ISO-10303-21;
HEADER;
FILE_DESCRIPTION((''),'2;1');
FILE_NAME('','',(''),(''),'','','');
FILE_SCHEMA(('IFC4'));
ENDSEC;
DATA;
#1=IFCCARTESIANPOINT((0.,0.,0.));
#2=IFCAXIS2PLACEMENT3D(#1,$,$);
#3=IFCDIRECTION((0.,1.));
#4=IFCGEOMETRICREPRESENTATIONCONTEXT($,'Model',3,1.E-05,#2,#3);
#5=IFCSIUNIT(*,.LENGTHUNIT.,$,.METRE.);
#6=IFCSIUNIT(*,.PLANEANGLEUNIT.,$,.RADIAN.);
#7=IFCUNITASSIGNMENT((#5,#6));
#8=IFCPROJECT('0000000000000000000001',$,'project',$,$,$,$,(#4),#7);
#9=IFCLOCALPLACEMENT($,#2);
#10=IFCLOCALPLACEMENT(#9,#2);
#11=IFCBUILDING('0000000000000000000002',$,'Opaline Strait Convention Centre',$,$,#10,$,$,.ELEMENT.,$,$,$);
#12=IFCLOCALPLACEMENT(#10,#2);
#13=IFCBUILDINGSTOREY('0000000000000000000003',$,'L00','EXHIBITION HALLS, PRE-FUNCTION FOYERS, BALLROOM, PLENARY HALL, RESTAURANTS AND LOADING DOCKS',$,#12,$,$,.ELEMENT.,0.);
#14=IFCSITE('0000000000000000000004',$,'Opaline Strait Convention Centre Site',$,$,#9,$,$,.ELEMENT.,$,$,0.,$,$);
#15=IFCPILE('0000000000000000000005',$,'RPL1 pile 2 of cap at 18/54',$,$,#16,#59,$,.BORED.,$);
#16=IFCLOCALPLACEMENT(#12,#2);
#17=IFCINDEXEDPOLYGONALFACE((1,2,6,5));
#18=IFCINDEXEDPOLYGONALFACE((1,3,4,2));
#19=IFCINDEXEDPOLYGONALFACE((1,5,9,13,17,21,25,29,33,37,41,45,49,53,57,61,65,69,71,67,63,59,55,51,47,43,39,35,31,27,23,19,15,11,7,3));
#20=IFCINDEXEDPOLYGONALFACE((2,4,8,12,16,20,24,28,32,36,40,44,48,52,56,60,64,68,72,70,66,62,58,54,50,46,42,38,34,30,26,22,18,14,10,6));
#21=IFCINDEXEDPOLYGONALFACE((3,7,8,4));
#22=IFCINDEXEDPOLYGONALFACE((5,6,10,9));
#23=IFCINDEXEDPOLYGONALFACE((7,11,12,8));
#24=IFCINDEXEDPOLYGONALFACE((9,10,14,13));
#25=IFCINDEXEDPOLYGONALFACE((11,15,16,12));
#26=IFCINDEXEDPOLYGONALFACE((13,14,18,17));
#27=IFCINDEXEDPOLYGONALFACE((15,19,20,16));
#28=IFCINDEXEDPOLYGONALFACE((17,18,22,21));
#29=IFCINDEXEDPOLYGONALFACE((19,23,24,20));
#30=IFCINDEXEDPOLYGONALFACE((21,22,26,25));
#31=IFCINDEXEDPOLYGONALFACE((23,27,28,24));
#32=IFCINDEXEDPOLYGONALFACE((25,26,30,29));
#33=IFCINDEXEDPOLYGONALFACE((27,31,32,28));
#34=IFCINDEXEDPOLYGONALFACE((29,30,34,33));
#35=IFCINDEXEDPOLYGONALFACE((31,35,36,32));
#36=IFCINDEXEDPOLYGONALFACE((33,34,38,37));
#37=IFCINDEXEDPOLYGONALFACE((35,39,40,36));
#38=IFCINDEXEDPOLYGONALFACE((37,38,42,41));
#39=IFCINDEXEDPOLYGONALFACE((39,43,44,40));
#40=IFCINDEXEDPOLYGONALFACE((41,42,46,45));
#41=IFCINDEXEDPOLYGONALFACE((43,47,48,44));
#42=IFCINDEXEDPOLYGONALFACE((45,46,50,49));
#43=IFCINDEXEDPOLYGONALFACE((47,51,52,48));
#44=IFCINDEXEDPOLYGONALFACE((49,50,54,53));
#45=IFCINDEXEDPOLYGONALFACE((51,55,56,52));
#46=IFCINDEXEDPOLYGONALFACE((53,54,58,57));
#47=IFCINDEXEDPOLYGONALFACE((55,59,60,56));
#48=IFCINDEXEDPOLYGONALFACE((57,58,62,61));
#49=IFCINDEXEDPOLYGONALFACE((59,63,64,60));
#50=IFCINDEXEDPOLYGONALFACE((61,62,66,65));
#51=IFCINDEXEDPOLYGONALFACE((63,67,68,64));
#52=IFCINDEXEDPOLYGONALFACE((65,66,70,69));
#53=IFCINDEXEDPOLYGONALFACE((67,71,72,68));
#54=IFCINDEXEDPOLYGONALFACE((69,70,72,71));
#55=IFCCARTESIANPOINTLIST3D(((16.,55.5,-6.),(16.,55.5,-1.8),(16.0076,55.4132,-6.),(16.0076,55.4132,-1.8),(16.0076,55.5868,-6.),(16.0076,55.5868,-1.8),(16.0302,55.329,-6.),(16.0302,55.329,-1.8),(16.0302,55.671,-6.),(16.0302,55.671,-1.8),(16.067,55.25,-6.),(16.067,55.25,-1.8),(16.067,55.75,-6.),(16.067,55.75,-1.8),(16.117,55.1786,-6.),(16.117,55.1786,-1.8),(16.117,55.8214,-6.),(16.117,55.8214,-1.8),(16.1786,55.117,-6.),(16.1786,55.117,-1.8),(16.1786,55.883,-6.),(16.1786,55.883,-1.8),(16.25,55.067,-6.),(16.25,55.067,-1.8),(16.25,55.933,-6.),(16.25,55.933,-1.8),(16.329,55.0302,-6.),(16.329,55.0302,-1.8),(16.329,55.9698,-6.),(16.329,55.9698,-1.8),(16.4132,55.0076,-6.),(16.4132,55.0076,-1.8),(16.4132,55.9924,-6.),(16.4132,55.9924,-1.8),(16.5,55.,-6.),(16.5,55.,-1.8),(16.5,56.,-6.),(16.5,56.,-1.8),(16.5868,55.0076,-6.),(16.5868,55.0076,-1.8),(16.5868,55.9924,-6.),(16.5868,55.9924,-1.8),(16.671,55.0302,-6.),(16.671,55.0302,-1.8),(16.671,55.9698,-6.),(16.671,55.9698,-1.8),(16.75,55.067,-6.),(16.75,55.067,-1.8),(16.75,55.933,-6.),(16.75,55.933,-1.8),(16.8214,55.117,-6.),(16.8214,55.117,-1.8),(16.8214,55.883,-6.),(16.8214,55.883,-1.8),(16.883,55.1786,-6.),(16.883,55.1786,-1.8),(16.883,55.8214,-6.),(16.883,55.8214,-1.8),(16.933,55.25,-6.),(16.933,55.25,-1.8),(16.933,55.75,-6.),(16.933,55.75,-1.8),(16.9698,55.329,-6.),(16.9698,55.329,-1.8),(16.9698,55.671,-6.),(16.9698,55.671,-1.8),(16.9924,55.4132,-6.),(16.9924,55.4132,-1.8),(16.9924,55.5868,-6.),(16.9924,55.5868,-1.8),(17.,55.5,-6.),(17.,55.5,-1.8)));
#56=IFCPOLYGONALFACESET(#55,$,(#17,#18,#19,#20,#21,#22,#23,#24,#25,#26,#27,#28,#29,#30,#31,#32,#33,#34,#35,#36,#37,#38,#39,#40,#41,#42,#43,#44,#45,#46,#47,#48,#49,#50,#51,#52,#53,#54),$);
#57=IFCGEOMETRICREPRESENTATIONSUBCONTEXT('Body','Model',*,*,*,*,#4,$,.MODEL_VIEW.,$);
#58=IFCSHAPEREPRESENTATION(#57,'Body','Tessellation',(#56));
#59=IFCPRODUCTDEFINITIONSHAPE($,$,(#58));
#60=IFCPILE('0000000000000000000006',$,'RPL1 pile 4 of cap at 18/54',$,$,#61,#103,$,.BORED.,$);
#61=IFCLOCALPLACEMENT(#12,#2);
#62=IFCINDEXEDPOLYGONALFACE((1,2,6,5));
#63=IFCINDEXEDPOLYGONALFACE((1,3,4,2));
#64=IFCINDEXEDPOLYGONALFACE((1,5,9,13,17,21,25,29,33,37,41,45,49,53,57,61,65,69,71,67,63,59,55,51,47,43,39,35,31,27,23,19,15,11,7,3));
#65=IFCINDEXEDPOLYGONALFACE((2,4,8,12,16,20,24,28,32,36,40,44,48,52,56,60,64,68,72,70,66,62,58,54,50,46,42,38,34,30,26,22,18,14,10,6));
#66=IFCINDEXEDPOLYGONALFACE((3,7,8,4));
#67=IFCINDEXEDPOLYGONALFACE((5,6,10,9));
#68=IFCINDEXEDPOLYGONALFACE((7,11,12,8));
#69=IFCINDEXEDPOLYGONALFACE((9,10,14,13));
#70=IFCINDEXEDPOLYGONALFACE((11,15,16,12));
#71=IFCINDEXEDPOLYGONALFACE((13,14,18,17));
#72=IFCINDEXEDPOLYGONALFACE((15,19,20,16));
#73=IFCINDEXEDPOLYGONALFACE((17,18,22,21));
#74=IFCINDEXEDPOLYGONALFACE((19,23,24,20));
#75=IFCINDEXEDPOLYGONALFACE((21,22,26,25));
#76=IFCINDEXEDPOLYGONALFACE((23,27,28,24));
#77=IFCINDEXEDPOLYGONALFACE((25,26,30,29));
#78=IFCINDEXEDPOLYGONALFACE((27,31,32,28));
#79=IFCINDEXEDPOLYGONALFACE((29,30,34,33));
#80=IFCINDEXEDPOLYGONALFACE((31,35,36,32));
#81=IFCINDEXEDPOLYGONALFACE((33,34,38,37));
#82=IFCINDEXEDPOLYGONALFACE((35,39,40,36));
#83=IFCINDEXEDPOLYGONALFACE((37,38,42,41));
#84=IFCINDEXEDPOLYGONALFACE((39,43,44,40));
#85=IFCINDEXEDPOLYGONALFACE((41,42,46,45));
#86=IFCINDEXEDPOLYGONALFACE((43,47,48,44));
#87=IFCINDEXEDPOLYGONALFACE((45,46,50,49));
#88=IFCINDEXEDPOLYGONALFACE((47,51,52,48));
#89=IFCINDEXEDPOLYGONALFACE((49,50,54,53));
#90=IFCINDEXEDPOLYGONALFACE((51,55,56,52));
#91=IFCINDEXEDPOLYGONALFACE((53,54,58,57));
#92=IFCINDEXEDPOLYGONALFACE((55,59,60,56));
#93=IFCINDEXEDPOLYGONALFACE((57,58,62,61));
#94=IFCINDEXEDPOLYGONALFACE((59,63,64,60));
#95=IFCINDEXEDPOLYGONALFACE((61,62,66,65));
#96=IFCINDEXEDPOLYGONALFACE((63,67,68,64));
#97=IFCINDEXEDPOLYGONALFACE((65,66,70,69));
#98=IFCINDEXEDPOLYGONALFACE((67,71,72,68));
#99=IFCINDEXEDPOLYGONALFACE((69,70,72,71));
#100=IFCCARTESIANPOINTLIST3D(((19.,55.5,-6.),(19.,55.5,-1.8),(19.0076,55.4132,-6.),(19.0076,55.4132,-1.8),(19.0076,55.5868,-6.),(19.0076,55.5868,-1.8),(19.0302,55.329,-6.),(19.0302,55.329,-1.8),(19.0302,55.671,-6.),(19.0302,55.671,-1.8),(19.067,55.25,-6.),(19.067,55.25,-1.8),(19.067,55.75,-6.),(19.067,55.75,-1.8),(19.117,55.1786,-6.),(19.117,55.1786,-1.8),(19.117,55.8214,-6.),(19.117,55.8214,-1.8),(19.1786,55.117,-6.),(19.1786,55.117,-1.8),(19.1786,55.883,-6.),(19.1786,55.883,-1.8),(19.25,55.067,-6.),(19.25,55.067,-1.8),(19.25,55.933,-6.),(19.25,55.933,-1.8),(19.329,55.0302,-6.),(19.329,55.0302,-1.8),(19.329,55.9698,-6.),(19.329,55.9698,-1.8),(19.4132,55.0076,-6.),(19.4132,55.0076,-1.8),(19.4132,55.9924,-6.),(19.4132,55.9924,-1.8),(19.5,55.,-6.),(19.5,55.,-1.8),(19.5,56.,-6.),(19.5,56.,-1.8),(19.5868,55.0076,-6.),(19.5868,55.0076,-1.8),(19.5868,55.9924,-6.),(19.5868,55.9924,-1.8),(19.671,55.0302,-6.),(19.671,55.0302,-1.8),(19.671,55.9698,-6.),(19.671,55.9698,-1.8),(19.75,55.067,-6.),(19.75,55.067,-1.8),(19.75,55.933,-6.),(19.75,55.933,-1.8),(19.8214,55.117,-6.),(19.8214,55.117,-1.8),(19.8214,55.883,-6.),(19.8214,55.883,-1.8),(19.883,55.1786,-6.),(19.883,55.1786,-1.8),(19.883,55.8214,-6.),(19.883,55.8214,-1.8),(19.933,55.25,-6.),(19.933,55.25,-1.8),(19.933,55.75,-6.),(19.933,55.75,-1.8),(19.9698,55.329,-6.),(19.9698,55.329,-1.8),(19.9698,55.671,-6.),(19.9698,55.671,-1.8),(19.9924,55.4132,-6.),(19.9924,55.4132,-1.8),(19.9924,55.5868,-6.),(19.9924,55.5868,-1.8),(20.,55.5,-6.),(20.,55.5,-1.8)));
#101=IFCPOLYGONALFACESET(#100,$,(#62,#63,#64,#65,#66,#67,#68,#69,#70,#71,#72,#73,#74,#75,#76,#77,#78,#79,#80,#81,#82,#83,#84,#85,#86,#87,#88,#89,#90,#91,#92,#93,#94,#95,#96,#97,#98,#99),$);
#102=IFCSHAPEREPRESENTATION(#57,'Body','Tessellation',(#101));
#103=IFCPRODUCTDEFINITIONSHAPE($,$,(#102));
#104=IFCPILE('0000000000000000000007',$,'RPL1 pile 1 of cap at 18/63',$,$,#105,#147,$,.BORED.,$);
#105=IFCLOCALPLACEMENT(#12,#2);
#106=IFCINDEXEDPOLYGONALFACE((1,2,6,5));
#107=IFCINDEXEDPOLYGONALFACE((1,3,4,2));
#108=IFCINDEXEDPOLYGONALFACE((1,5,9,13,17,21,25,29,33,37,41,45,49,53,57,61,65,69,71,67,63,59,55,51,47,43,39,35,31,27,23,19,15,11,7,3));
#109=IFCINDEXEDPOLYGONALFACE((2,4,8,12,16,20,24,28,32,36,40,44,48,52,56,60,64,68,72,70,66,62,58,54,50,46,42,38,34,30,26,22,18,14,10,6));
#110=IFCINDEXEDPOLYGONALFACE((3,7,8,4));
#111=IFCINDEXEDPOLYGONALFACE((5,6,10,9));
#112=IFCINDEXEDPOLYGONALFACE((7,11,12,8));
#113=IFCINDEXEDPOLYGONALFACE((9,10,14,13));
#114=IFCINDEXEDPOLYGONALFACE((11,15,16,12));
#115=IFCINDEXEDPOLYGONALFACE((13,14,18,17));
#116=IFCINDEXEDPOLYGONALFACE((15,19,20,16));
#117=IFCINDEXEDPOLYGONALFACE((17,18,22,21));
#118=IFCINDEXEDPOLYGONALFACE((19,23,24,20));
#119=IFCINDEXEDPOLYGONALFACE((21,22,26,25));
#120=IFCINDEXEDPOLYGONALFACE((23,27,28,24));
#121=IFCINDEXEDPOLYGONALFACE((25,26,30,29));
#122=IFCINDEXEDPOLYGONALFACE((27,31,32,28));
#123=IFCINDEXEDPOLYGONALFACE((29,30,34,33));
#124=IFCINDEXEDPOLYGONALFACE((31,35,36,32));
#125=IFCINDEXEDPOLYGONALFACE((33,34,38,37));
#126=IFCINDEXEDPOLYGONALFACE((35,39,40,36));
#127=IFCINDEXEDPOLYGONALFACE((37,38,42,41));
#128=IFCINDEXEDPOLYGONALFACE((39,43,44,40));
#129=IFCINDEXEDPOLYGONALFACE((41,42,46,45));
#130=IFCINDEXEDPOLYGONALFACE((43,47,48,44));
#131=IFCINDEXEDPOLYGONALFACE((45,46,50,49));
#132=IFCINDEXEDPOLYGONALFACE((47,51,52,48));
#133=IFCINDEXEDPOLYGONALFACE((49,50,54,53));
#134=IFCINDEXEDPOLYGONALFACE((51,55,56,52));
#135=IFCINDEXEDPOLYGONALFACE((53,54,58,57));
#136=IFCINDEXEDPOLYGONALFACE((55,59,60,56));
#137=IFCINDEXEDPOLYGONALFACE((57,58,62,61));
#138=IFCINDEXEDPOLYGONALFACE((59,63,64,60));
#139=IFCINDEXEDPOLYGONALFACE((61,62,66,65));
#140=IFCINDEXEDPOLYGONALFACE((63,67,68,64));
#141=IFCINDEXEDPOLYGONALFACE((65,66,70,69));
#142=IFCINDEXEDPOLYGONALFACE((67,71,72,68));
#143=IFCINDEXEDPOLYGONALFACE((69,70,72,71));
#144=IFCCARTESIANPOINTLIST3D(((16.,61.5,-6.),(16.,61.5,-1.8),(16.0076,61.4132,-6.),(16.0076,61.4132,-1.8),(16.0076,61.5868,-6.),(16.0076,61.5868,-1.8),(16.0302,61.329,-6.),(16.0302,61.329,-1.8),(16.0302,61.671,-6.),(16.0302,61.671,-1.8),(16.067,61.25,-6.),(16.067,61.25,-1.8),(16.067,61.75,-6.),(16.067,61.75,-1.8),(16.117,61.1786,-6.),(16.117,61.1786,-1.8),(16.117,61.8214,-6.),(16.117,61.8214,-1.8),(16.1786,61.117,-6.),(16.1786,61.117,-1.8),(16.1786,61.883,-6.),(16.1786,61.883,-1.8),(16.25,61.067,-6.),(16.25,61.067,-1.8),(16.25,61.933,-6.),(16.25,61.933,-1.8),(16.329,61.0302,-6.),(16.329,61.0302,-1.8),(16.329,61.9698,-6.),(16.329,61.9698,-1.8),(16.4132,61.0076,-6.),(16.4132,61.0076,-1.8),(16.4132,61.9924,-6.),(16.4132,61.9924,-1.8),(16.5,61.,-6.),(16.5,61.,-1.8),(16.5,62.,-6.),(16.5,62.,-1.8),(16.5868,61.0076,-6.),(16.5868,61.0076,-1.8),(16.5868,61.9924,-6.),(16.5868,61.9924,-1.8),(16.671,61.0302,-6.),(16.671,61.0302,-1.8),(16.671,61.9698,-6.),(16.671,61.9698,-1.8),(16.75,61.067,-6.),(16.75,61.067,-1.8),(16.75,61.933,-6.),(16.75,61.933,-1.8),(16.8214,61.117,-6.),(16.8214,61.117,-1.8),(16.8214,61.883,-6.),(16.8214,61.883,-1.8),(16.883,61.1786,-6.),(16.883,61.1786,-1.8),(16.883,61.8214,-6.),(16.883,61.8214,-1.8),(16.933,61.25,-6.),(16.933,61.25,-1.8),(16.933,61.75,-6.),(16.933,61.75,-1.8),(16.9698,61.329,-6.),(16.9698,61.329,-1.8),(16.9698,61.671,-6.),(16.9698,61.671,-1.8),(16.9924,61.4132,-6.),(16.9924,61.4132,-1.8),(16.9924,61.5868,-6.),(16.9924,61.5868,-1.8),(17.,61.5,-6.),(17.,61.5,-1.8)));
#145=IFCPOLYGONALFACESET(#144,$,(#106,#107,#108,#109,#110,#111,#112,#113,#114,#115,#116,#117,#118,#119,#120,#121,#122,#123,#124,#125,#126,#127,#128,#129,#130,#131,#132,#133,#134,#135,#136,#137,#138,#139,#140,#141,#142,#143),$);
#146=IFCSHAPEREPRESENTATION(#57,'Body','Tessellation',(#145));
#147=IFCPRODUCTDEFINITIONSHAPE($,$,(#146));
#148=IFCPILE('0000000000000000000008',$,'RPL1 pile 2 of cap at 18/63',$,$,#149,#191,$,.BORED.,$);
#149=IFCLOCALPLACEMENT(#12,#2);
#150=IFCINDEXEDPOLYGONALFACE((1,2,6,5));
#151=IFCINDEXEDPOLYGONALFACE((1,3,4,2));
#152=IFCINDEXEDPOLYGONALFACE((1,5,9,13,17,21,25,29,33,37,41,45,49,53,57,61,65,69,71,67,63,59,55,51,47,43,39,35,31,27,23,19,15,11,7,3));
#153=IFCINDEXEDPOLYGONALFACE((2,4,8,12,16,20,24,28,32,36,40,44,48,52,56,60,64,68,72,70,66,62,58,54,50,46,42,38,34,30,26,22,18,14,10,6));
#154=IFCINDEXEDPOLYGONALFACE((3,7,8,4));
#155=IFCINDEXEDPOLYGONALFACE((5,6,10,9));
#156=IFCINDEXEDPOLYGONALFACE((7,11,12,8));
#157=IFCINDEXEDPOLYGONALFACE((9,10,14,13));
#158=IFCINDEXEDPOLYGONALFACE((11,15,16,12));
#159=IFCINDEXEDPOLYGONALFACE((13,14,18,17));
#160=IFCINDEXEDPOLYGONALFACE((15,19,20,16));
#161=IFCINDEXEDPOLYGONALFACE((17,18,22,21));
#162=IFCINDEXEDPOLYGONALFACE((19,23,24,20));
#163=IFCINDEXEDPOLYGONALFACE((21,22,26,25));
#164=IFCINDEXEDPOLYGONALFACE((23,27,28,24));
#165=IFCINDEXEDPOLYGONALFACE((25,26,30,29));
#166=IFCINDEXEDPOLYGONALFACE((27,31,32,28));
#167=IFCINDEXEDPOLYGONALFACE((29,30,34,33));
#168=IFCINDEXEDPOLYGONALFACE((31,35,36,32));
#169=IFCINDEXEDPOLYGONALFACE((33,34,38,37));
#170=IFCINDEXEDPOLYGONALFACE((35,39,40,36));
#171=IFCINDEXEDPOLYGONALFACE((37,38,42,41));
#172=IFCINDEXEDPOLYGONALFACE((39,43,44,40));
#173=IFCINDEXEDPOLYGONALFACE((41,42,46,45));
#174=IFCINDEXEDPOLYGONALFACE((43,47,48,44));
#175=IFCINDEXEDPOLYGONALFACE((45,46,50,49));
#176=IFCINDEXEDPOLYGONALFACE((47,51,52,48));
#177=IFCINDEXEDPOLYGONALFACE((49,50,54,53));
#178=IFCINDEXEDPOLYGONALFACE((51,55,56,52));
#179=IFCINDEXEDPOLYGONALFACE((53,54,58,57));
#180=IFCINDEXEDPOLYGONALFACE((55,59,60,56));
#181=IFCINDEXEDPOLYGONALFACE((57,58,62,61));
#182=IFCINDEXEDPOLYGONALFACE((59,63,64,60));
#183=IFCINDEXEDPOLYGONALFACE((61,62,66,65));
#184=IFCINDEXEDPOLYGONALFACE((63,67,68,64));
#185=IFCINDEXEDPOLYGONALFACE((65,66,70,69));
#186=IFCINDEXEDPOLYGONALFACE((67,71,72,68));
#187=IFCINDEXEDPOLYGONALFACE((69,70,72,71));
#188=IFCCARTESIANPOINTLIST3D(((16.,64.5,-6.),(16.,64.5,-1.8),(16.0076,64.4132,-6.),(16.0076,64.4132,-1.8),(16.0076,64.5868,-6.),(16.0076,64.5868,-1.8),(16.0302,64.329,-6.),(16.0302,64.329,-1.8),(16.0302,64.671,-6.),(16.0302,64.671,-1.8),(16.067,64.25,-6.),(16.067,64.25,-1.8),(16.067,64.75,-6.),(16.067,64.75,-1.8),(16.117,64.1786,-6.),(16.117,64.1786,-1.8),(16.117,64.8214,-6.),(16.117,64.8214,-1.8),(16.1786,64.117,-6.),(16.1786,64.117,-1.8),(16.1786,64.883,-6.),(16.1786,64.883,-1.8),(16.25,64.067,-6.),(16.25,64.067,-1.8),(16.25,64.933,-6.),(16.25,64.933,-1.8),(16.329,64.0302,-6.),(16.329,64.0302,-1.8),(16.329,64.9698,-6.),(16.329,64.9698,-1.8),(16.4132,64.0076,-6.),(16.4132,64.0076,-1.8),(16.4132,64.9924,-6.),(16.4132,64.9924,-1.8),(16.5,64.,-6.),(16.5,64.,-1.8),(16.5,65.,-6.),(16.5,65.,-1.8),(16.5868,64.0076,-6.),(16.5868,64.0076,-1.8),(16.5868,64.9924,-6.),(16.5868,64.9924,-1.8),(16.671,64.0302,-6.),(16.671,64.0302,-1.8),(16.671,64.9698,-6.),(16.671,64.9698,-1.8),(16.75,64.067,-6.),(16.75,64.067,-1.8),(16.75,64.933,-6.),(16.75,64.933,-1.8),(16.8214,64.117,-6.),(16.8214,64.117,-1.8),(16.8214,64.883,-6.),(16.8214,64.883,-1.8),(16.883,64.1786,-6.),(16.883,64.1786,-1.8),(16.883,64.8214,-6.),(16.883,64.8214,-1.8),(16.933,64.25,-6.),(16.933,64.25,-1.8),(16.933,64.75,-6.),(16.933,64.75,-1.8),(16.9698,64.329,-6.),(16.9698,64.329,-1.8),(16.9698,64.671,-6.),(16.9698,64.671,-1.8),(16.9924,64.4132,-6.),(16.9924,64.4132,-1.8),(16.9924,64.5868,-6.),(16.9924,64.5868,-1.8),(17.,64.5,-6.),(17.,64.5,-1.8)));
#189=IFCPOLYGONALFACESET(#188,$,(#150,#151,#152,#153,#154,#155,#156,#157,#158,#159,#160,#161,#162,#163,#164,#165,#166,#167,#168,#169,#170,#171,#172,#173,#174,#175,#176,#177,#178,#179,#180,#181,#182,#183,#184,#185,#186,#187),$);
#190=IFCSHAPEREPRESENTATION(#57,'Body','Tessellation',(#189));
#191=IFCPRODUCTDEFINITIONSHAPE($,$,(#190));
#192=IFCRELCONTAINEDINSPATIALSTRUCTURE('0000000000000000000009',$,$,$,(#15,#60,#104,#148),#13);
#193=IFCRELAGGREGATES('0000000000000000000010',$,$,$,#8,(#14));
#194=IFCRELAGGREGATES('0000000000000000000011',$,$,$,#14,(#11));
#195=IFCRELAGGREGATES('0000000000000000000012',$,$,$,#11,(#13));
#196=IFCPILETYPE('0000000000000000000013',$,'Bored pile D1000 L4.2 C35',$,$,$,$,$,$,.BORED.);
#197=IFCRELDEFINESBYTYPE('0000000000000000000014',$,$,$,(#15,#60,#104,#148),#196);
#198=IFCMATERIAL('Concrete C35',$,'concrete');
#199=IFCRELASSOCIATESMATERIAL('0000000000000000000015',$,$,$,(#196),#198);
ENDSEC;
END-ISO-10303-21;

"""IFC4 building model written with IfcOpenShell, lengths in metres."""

from ifc_helpers import new_model, si_unit, direction, frame, origin, origin_2d, place, context, subcontext, project, spatial, circle, extrude, material, material_profile, profile_set, type_object, element, save


model = new_model("IFC4")

# Units and contexts
model_context = context("Model", 3, precision=1e-05, world=origin(), true_north=direction((0.0, 1.0)))
body_context = subcontext(model_context, "Body", "Model", "MODEL_VIEW")
ifc_project = project(units=[si_unit("LENGTHUNIT", "METRE"), si_unit("PLANEANGLEUNIT", "RADIAN")], contexts=[model_context])

# Site, building, storey
site_placement = place(None, origin())
site = spatial("IfcSite", under=ifc_project, at=site_placement, Name="Opaline Strait Convention Centre Site", CompositionType="ELEMENT", RefElevation=0.0)
building_placement = place(site_placement, origin())
building = spatial("IfcBuilding", under=site, at=building_placement, Name="Opaline Strait Convention Centre", CompositionType="ELEMENT")
storey_placement = place(building_placement, origin())
storey = spatial("IfcBuildingStorey", under=building, at=storey_placement, Name="L00", Description="EXHIBITION HALLS, PRE-FUNCTION FOYERS, BALLROOM, PLENARY HALL, RESTAURANTS AND LOADING DOCKS", CompositionType="ELEMENT", Elevation=0.0)

# Piles
ifc_material_1 = material(Name="Concrete C35", Category="concrete")
ifc_material_profile_1 = material_profile(ifc_material_1, circle(Radius=0.5, at=origin_2d()), Name="D1000")
ifc_profile_set_1 = profile_set([ifc_material_profile_1], Name="Concrete C35")
pile_type = type_object("IfcPileType", Name="Bored pile D1000 L4.2 C35", PredefinedType="BORED", material=ifc_profile_set_1)
for number, where, z_axis, x_axis, name in (
    (1, (16.5, 55.5, -1.8), (0.0, 0.0, -1.0), (1.0, 0.0, 0.0), "RPL1 pile 2 of cap at 18/54"),
    (2, (19.5, 55.5, -1.8), (0.0, 0.0, -1.0), (1.0, 0.0, 0.0), "RPL1 pile 4 of cap at 18/54"),
    (3, (16.5, 61.5, -1.8), (0.0, 0.0, -1.0), (1.0, 0.0, 0.0), "RPL1 pile 1 of cap at 18/63"),
    (4, (16.5, 64.5, -1.8), (0.0, 0.0, -1.0), (1.0, 0.0, 0.0), "RPL1 pile 2 of cap at 18/63"),
):
    element("IfcPile", number, at=place(storey_placement, frame(where, z_axis=z_axis, x_axis=x_axis)), inside=storey, type_object=pile_type, Name=name, PredefinedType="BORED", context=body_context, shape_type="SweptSolid", body=[
        extrude(circle(Radius=0.5, at=origin_2d()), origin(), (0.0, 0.0, 1.0), 4.2),
    ])

save(model, "model.ifc")
